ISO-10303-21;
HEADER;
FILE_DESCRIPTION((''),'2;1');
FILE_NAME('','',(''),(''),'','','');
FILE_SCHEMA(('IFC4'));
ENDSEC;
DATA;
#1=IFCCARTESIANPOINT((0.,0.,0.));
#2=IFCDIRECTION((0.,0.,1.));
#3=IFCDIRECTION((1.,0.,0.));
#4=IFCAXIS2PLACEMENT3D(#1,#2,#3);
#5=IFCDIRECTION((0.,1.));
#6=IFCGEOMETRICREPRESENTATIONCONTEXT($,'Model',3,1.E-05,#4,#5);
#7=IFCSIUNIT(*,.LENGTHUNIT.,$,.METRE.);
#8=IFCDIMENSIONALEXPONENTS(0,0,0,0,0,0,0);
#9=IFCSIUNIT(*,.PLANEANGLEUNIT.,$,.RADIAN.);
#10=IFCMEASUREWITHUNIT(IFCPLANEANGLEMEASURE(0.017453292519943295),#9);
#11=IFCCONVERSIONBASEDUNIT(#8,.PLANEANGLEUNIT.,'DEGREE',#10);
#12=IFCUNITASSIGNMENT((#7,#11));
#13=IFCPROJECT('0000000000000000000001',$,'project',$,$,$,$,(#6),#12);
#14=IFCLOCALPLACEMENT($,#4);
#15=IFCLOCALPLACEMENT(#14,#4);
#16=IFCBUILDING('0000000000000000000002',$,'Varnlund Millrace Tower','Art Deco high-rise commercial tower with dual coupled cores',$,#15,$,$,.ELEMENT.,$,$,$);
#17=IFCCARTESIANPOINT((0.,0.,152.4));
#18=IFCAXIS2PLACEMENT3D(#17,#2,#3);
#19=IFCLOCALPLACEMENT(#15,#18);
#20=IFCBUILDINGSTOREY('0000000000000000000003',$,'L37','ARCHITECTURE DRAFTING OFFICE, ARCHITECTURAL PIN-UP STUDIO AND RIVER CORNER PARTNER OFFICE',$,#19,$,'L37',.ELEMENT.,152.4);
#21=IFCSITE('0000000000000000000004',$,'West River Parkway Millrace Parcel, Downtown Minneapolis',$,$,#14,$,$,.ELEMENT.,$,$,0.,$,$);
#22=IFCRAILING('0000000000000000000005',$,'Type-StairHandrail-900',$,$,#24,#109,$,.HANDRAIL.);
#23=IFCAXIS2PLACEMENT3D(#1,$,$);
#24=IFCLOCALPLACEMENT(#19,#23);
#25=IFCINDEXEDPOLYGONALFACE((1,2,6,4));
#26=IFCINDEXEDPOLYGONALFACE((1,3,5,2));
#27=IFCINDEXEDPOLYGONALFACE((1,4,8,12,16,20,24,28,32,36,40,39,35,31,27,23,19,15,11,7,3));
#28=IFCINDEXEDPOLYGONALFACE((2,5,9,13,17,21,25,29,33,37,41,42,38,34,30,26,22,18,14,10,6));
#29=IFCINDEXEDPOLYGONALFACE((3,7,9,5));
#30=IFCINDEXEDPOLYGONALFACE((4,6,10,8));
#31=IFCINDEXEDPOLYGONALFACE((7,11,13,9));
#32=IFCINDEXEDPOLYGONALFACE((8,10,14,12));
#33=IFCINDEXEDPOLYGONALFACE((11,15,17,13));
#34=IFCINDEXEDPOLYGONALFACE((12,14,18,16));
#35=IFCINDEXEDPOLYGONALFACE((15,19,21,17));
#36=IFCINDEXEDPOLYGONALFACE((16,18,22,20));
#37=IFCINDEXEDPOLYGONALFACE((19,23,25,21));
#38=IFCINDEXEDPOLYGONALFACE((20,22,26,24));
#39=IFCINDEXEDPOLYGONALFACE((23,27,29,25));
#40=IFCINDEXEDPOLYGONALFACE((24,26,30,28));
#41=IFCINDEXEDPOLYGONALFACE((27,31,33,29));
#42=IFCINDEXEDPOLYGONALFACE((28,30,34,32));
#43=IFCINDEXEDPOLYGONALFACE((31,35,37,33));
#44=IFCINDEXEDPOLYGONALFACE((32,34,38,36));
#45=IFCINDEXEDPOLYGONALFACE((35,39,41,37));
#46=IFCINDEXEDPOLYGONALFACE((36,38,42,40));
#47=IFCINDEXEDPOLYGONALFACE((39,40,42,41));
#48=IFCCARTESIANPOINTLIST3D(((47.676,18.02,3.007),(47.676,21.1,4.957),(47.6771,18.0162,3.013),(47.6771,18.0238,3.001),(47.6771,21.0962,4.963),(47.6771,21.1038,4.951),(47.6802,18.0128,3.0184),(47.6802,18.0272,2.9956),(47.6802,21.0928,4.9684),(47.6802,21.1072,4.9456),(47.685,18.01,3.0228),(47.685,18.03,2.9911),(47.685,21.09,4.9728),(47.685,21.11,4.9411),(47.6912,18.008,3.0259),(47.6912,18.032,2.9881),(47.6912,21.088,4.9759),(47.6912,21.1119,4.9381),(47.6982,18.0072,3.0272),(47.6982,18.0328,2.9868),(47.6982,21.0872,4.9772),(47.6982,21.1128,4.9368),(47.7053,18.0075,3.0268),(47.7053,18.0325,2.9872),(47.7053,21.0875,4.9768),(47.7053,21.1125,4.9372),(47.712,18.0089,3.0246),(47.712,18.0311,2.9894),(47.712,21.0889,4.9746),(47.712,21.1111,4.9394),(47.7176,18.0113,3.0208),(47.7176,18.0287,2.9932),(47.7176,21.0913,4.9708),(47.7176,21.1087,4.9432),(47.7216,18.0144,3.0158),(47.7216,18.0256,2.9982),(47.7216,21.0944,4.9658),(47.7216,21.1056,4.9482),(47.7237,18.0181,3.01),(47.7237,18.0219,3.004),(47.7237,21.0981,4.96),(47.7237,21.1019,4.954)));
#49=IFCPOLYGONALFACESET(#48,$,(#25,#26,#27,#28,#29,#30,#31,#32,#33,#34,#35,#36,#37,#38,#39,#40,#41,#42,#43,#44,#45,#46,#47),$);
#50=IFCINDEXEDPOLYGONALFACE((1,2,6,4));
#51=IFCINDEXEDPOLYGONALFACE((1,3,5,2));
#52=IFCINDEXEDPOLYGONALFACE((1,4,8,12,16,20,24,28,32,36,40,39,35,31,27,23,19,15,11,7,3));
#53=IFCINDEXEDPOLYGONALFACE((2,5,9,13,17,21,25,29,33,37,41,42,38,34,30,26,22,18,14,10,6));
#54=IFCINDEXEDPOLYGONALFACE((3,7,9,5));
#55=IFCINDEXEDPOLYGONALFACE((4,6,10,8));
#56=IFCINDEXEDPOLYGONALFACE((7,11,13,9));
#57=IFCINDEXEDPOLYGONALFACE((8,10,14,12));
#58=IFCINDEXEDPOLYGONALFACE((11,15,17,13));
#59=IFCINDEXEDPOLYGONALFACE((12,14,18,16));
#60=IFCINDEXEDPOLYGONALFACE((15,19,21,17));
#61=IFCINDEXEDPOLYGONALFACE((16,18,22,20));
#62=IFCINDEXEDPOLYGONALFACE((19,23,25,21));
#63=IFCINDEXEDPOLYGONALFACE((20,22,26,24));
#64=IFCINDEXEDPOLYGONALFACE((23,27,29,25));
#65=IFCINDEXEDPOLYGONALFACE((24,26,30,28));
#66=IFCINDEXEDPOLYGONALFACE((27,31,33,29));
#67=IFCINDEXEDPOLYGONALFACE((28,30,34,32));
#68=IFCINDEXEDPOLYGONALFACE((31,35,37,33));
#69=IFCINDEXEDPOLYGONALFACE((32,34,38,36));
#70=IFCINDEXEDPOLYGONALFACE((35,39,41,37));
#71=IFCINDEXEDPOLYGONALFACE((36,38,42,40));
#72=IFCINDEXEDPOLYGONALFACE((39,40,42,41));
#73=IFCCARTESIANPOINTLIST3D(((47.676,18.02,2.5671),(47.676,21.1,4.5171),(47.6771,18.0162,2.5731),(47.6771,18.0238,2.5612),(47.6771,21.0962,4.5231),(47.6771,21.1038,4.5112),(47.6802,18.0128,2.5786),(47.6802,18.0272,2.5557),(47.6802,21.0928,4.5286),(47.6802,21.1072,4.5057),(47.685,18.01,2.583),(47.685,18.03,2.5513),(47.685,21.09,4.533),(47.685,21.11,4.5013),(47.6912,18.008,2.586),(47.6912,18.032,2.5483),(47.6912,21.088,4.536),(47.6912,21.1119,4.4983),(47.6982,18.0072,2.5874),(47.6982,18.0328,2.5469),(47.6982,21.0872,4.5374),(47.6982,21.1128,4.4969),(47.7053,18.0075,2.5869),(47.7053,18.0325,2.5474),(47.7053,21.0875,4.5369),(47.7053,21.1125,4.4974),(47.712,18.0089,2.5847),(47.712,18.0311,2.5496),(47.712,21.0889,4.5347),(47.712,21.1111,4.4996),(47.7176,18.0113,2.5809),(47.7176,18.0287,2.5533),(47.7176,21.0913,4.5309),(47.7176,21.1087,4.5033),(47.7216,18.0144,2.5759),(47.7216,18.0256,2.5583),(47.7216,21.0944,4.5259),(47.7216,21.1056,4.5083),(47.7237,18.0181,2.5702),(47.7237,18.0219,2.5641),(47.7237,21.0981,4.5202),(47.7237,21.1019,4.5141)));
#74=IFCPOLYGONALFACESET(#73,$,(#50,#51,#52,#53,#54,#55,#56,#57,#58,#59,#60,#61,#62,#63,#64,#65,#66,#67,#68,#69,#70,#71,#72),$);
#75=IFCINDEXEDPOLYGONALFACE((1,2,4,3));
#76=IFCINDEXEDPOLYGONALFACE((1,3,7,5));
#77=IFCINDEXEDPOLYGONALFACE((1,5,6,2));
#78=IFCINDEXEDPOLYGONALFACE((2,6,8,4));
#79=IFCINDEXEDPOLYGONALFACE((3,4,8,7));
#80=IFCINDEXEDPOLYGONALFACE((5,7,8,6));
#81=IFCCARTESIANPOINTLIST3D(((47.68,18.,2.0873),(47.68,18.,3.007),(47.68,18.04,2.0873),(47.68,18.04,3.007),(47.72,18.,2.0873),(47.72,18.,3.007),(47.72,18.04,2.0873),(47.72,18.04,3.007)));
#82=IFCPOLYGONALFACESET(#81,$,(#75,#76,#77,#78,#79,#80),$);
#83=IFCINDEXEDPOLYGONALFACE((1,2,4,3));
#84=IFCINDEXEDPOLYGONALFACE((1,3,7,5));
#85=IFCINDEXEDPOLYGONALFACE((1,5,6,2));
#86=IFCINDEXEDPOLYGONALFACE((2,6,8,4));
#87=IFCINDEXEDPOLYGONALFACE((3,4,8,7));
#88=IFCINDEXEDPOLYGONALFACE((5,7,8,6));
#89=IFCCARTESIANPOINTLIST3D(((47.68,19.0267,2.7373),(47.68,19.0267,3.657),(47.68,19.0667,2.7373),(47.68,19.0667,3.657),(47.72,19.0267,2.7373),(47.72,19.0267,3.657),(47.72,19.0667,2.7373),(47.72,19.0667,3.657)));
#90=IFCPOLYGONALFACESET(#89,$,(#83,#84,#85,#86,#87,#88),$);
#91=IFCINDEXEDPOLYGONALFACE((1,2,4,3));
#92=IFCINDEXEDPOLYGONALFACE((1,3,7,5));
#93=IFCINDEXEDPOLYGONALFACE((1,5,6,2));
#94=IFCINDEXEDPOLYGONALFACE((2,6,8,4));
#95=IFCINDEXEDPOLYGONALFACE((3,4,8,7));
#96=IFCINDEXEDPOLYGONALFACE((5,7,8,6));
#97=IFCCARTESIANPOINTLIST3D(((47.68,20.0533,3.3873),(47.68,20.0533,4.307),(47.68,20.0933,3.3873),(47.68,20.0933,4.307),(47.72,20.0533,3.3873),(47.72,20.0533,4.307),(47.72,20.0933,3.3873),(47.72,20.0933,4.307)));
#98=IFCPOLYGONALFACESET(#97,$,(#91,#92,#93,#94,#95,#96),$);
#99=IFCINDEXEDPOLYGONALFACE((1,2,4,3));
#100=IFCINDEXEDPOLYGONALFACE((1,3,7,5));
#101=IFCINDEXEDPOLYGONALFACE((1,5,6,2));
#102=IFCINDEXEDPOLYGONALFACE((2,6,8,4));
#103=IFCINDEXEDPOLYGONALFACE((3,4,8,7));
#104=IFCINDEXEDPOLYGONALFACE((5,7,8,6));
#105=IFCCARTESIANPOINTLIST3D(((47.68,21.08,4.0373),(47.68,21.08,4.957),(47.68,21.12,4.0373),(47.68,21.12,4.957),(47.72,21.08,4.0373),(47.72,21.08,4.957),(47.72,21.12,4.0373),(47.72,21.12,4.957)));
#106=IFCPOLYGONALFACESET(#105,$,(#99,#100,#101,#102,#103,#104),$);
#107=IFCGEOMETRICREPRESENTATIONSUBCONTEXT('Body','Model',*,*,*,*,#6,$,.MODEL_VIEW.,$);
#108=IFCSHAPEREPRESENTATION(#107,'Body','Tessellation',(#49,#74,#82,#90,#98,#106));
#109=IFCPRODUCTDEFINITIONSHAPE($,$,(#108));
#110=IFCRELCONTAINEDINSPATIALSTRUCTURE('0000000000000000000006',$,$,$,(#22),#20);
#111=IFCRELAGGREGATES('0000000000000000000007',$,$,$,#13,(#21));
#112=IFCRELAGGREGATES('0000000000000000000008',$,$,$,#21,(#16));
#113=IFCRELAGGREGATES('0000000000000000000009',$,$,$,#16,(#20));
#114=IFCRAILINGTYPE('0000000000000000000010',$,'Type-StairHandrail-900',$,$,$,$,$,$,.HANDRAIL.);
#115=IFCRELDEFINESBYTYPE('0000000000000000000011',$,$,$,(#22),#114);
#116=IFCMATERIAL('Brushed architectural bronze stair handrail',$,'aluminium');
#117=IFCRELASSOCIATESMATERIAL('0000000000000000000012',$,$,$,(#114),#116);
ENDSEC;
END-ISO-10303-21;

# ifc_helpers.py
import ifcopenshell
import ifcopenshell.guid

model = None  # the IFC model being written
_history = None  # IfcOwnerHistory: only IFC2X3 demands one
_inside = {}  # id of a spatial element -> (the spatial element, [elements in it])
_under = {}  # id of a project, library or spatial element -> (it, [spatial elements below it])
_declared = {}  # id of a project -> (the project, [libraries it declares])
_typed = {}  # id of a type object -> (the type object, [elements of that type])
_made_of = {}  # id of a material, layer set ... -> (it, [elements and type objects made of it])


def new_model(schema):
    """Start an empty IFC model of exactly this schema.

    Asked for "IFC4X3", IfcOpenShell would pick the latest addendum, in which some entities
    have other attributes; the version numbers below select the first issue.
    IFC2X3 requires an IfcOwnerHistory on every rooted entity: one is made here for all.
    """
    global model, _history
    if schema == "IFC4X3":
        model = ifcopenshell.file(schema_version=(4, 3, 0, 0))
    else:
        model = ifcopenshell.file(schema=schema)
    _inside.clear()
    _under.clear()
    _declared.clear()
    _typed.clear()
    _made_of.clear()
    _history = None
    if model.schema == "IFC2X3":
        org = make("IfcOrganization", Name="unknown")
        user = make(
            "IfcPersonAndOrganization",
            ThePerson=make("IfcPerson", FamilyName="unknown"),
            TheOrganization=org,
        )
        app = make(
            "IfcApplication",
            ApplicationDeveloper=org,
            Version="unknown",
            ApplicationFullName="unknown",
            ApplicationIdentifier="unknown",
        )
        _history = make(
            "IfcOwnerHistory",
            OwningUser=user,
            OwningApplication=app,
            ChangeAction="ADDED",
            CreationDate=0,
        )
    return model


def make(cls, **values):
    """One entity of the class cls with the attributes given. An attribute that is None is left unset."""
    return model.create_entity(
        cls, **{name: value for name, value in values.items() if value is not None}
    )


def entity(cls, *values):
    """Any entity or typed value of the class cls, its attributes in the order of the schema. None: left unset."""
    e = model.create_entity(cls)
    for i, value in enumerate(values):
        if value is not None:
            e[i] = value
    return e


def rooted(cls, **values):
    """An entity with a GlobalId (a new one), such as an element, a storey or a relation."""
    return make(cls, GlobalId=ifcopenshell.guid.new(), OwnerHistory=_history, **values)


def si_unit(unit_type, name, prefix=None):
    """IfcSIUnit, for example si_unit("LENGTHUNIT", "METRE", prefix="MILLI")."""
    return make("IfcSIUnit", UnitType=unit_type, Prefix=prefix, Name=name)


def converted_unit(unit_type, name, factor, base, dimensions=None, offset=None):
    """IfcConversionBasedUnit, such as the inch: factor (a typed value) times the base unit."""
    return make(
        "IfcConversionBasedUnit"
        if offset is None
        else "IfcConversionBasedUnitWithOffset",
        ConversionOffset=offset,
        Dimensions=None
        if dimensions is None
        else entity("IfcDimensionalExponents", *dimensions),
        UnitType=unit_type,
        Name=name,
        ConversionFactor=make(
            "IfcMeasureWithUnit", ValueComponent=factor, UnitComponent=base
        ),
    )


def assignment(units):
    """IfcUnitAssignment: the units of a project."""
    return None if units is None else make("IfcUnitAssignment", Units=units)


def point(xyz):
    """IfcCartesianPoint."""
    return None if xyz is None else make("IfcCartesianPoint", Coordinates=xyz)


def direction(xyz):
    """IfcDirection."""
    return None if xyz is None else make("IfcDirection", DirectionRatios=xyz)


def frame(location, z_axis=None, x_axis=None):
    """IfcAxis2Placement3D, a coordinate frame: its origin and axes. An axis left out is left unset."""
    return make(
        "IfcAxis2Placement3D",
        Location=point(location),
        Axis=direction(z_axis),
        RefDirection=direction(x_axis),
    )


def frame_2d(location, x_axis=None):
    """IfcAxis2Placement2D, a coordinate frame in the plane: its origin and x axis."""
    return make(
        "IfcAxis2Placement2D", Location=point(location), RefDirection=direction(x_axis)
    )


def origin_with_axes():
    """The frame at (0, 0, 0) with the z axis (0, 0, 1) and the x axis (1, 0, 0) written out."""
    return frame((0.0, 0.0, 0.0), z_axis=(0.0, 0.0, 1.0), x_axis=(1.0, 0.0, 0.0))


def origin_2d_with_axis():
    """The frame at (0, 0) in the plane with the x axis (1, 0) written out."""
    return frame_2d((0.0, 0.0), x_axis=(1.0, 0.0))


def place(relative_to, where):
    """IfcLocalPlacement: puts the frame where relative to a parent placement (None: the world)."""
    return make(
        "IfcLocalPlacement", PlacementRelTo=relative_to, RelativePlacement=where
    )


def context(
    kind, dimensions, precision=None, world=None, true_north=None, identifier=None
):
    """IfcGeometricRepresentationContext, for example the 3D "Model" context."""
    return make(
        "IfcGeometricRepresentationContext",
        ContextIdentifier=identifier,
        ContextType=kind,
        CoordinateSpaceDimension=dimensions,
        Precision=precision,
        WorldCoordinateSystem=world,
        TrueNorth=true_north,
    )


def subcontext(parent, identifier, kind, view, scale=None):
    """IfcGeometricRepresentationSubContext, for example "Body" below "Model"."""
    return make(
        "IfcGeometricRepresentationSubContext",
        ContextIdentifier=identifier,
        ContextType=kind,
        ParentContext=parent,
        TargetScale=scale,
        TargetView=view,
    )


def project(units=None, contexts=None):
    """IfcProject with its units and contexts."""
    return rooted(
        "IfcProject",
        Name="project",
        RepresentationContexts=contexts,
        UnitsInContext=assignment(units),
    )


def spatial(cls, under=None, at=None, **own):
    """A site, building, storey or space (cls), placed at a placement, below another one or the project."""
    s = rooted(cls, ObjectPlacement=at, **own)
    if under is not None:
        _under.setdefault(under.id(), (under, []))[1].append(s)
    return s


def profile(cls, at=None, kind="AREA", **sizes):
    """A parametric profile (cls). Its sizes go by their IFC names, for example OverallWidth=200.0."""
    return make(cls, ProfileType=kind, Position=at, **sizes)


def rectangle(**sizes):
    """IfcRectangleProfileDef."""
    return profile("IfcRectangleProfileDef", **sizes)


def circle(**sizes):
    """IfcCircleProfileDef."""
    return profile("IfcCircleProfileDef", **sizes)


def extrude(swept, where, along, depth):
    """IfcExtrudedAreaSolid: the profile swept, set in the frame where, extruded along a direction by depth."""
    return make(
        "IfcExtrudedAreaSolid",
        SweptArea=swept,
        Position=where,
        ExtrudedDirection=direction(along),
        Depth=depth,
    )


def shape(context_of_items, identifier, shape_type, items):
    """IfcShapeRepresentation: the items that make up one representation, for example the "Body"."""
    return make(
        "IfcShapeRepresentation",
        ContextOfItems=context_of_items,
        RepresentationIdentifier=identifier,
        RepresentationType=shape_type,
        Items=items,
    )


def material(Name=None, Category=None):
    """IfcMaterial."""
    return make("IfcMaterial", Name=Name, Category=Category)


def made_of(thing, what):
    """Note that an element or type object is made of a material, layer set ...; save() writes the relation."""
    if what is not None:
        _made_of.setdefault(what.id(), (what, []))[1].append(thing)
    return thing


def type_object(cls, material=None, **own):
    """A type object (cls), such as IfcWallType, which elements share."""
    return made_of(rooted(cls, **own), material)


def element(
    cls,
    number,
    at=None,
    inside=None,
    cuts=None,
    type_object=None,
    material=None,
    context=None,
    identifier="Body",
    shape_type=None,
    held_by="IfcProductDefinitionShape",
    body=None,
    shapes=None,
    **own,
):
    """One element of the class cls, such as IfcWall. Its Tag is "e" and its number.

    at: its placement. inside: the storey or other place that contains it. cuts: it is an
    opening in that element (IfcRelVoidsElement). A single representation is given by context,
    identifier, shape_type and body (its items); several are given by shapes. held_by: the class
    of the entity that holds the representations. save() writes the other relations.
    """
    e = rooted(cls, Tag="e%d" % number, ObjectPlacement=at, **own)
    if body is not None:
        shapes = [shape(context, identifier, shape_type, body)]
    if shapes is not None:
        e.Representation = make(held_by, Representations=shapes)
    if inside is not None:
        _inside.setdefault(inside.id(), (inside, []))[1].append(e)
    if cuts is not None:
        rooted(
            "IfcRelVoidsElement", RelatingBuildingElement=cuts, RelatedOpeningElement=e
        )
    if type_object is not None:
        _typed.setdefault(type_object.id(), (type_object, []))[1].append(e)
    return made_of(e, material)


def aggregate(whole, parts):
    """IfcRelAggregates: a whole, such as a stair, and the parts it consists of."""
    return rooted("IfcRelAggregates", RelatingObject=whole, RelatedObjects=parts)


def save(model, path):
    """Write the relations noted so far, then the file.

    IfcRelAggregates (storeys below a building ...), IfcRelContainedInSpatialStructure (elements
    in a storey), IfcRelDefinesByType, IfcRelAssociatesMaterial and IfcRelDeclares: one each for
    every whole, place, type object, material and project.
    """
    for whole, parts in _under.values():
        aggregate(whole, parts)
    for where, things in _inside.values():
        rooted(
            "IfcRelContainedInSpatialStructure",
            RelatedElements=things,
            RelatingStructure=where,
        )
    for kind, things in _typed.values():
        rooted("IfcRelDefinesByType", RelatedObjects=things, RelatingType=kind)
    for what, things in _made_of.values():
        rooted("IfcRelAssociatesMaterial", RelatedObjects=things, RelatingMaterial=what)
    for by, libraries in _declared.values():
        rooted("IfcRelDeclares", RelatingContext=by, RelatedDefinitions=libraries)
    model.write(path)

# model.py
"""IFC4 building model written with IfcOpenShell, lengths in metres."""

from ifc_helpers import new_model, entity, si_unit, converted_unit, direction, frame, origin_with_axes, origin_2d_with_axis, place, context, subcontext, project, spatial, rectangle, circle, extrude, material, type_object, element, save


model = new_model("IFC4")

# Units and contexts
model_context = context("Model", 3, precision=1e-05, world=origin_with_axes(), true_north=direction((0.0, 1.0)))
body_context = subcontext(model_context, "Body", "Model", "MODEL_VIEW")
ifc_project = project(units=[si_unit("LENGTHUNIT", "METRE"), converted_unit("PLANEANGLEUNIT", "DEGREE", entity("IfcPlaneAngleMeasure", 0.017453292519943295), si_unit("PLANEANGLEUNIT", "RADIAN"), dimensions=[0, 0, 0, 0, 0, 0, 0])], contexts=[model_context])

# Site, building, storey
site_placement = place(None, origin_with_axes())
site = spatial("IfcSite", under=ifc_project, at=site_placement, Name="West River Parkway Millrace Parcel, Downtown Minneapolis", CompositionType="ELEMENT", RefElevation=0.0)
building_placement = place(site_placement, origin_with_axes())
building = spatial("IfcBuilding", under=site, at=building_placement, Name="Varnlund Millrace Tower", Description="Art Deco high-rise commercial tower with dual coupled cores", CompositionType="ELEMENT")
storey_placement = place(building_placement, frame((0.0, 0.0, 152.4), z_axis=(0.0, 0.0, 1.0), x_axis=(1.0, 0.0, 0.0)))
storey = spatial("IfcBuildingStorey", under=building, at=storey_placement, Name="L37", Description="ARCHITECTURE DRAFTING OFFICE, ARCHITECTURAL PIN-UP STUDIO AND RIVER CORNER PARTNER OFFICE", LongName="L37", CompositionType="ELEMENT", Elevation=152.4)

# Railing
ifc_material_1 = material(Name="Brushed architectural bronze stair handrail", Category="aluminium")
railing_type_1 = type_object("IfcRailingType", Name="Type-StairHandrail-900", PredefinedType="HANDRAIL", material=ifc_material_1)
railing_1_placement = place(storey_placement, frame((0.0, 0.0, -152.4), z_axis=(0.0, 0.0, 1.0), x_axis=(1.0, 0.0, 0.0)))
element("IfcRailing", 1, at=railing_1_placement, inside=storey, type_object=railing_type_1, Name="Type-StairHandrail-900", PredefinedType="HANDRAIL", context=body_context, shape_type="SweptSolid", body=[
    extrude(circle(Radius=0.024, at=origin_2d_with_axis()), frame((47.7, 18.02, 155.407), z_axis=(0.0, 0.844902, 0.534922), x_axis=(-1.0, 0.0, 0.0)), (0.0, 0.0, 1.0), 3.6454),
    extrude(circle(Radius=0.024, at=origin_2d_with_axis()), frame((47.7, 18.02, 154.9671), z_axis=(0.0, 0.844902, 0.534922), x_axis=(-1.0, 0.0, 0.0)), (0.0, 0.0, 1.0), 3.6454),
    extrude(rectangle(XDim=0.04, YDim=0.04, at=origin_2d_with_axis()), frame((47.7, 18.02, 154.4873), z_axis=(0.0, 0.0, 1.0), x_axis=(1.0, 0.0, 0.0)), (0.0, 0.0, 1.0), 0.9197),
    extrude(rectangle(XDim=0.04, YDim=0.04, at=origin_2d_with_axis()), frame((47.7, 19.0467, 155.1373), z_axis=(0.0, 0.0, 1.0), x_axis=(1.0, 0.0, 0.0)), (0.0, 0.0, 1.0), 0.9197),
    extrude(rectangle(XDim=0.04, YDim=0.04, at=origin_2d_with_axis()), frame((47.7, 20.0733, 155.7873), z_axis=(0.0, 0.0, 1.0), x_axis=(1.0, 0.0, 0.0)), (0.0, 0.0, 1.0), 0.9197),
    extrude(rectangle(XDim=0.04, YDim=0.04, at=origin_2d_with_axis()), frame((47.7, 21.1, 156.4373), z_axis=(0.0, 0.0, 1.0), x_axis=(1.0, 0.0, 0.0)), (0.0, 0.0, 1.0), 0.9197),
])

save(model, "model.ifc")
